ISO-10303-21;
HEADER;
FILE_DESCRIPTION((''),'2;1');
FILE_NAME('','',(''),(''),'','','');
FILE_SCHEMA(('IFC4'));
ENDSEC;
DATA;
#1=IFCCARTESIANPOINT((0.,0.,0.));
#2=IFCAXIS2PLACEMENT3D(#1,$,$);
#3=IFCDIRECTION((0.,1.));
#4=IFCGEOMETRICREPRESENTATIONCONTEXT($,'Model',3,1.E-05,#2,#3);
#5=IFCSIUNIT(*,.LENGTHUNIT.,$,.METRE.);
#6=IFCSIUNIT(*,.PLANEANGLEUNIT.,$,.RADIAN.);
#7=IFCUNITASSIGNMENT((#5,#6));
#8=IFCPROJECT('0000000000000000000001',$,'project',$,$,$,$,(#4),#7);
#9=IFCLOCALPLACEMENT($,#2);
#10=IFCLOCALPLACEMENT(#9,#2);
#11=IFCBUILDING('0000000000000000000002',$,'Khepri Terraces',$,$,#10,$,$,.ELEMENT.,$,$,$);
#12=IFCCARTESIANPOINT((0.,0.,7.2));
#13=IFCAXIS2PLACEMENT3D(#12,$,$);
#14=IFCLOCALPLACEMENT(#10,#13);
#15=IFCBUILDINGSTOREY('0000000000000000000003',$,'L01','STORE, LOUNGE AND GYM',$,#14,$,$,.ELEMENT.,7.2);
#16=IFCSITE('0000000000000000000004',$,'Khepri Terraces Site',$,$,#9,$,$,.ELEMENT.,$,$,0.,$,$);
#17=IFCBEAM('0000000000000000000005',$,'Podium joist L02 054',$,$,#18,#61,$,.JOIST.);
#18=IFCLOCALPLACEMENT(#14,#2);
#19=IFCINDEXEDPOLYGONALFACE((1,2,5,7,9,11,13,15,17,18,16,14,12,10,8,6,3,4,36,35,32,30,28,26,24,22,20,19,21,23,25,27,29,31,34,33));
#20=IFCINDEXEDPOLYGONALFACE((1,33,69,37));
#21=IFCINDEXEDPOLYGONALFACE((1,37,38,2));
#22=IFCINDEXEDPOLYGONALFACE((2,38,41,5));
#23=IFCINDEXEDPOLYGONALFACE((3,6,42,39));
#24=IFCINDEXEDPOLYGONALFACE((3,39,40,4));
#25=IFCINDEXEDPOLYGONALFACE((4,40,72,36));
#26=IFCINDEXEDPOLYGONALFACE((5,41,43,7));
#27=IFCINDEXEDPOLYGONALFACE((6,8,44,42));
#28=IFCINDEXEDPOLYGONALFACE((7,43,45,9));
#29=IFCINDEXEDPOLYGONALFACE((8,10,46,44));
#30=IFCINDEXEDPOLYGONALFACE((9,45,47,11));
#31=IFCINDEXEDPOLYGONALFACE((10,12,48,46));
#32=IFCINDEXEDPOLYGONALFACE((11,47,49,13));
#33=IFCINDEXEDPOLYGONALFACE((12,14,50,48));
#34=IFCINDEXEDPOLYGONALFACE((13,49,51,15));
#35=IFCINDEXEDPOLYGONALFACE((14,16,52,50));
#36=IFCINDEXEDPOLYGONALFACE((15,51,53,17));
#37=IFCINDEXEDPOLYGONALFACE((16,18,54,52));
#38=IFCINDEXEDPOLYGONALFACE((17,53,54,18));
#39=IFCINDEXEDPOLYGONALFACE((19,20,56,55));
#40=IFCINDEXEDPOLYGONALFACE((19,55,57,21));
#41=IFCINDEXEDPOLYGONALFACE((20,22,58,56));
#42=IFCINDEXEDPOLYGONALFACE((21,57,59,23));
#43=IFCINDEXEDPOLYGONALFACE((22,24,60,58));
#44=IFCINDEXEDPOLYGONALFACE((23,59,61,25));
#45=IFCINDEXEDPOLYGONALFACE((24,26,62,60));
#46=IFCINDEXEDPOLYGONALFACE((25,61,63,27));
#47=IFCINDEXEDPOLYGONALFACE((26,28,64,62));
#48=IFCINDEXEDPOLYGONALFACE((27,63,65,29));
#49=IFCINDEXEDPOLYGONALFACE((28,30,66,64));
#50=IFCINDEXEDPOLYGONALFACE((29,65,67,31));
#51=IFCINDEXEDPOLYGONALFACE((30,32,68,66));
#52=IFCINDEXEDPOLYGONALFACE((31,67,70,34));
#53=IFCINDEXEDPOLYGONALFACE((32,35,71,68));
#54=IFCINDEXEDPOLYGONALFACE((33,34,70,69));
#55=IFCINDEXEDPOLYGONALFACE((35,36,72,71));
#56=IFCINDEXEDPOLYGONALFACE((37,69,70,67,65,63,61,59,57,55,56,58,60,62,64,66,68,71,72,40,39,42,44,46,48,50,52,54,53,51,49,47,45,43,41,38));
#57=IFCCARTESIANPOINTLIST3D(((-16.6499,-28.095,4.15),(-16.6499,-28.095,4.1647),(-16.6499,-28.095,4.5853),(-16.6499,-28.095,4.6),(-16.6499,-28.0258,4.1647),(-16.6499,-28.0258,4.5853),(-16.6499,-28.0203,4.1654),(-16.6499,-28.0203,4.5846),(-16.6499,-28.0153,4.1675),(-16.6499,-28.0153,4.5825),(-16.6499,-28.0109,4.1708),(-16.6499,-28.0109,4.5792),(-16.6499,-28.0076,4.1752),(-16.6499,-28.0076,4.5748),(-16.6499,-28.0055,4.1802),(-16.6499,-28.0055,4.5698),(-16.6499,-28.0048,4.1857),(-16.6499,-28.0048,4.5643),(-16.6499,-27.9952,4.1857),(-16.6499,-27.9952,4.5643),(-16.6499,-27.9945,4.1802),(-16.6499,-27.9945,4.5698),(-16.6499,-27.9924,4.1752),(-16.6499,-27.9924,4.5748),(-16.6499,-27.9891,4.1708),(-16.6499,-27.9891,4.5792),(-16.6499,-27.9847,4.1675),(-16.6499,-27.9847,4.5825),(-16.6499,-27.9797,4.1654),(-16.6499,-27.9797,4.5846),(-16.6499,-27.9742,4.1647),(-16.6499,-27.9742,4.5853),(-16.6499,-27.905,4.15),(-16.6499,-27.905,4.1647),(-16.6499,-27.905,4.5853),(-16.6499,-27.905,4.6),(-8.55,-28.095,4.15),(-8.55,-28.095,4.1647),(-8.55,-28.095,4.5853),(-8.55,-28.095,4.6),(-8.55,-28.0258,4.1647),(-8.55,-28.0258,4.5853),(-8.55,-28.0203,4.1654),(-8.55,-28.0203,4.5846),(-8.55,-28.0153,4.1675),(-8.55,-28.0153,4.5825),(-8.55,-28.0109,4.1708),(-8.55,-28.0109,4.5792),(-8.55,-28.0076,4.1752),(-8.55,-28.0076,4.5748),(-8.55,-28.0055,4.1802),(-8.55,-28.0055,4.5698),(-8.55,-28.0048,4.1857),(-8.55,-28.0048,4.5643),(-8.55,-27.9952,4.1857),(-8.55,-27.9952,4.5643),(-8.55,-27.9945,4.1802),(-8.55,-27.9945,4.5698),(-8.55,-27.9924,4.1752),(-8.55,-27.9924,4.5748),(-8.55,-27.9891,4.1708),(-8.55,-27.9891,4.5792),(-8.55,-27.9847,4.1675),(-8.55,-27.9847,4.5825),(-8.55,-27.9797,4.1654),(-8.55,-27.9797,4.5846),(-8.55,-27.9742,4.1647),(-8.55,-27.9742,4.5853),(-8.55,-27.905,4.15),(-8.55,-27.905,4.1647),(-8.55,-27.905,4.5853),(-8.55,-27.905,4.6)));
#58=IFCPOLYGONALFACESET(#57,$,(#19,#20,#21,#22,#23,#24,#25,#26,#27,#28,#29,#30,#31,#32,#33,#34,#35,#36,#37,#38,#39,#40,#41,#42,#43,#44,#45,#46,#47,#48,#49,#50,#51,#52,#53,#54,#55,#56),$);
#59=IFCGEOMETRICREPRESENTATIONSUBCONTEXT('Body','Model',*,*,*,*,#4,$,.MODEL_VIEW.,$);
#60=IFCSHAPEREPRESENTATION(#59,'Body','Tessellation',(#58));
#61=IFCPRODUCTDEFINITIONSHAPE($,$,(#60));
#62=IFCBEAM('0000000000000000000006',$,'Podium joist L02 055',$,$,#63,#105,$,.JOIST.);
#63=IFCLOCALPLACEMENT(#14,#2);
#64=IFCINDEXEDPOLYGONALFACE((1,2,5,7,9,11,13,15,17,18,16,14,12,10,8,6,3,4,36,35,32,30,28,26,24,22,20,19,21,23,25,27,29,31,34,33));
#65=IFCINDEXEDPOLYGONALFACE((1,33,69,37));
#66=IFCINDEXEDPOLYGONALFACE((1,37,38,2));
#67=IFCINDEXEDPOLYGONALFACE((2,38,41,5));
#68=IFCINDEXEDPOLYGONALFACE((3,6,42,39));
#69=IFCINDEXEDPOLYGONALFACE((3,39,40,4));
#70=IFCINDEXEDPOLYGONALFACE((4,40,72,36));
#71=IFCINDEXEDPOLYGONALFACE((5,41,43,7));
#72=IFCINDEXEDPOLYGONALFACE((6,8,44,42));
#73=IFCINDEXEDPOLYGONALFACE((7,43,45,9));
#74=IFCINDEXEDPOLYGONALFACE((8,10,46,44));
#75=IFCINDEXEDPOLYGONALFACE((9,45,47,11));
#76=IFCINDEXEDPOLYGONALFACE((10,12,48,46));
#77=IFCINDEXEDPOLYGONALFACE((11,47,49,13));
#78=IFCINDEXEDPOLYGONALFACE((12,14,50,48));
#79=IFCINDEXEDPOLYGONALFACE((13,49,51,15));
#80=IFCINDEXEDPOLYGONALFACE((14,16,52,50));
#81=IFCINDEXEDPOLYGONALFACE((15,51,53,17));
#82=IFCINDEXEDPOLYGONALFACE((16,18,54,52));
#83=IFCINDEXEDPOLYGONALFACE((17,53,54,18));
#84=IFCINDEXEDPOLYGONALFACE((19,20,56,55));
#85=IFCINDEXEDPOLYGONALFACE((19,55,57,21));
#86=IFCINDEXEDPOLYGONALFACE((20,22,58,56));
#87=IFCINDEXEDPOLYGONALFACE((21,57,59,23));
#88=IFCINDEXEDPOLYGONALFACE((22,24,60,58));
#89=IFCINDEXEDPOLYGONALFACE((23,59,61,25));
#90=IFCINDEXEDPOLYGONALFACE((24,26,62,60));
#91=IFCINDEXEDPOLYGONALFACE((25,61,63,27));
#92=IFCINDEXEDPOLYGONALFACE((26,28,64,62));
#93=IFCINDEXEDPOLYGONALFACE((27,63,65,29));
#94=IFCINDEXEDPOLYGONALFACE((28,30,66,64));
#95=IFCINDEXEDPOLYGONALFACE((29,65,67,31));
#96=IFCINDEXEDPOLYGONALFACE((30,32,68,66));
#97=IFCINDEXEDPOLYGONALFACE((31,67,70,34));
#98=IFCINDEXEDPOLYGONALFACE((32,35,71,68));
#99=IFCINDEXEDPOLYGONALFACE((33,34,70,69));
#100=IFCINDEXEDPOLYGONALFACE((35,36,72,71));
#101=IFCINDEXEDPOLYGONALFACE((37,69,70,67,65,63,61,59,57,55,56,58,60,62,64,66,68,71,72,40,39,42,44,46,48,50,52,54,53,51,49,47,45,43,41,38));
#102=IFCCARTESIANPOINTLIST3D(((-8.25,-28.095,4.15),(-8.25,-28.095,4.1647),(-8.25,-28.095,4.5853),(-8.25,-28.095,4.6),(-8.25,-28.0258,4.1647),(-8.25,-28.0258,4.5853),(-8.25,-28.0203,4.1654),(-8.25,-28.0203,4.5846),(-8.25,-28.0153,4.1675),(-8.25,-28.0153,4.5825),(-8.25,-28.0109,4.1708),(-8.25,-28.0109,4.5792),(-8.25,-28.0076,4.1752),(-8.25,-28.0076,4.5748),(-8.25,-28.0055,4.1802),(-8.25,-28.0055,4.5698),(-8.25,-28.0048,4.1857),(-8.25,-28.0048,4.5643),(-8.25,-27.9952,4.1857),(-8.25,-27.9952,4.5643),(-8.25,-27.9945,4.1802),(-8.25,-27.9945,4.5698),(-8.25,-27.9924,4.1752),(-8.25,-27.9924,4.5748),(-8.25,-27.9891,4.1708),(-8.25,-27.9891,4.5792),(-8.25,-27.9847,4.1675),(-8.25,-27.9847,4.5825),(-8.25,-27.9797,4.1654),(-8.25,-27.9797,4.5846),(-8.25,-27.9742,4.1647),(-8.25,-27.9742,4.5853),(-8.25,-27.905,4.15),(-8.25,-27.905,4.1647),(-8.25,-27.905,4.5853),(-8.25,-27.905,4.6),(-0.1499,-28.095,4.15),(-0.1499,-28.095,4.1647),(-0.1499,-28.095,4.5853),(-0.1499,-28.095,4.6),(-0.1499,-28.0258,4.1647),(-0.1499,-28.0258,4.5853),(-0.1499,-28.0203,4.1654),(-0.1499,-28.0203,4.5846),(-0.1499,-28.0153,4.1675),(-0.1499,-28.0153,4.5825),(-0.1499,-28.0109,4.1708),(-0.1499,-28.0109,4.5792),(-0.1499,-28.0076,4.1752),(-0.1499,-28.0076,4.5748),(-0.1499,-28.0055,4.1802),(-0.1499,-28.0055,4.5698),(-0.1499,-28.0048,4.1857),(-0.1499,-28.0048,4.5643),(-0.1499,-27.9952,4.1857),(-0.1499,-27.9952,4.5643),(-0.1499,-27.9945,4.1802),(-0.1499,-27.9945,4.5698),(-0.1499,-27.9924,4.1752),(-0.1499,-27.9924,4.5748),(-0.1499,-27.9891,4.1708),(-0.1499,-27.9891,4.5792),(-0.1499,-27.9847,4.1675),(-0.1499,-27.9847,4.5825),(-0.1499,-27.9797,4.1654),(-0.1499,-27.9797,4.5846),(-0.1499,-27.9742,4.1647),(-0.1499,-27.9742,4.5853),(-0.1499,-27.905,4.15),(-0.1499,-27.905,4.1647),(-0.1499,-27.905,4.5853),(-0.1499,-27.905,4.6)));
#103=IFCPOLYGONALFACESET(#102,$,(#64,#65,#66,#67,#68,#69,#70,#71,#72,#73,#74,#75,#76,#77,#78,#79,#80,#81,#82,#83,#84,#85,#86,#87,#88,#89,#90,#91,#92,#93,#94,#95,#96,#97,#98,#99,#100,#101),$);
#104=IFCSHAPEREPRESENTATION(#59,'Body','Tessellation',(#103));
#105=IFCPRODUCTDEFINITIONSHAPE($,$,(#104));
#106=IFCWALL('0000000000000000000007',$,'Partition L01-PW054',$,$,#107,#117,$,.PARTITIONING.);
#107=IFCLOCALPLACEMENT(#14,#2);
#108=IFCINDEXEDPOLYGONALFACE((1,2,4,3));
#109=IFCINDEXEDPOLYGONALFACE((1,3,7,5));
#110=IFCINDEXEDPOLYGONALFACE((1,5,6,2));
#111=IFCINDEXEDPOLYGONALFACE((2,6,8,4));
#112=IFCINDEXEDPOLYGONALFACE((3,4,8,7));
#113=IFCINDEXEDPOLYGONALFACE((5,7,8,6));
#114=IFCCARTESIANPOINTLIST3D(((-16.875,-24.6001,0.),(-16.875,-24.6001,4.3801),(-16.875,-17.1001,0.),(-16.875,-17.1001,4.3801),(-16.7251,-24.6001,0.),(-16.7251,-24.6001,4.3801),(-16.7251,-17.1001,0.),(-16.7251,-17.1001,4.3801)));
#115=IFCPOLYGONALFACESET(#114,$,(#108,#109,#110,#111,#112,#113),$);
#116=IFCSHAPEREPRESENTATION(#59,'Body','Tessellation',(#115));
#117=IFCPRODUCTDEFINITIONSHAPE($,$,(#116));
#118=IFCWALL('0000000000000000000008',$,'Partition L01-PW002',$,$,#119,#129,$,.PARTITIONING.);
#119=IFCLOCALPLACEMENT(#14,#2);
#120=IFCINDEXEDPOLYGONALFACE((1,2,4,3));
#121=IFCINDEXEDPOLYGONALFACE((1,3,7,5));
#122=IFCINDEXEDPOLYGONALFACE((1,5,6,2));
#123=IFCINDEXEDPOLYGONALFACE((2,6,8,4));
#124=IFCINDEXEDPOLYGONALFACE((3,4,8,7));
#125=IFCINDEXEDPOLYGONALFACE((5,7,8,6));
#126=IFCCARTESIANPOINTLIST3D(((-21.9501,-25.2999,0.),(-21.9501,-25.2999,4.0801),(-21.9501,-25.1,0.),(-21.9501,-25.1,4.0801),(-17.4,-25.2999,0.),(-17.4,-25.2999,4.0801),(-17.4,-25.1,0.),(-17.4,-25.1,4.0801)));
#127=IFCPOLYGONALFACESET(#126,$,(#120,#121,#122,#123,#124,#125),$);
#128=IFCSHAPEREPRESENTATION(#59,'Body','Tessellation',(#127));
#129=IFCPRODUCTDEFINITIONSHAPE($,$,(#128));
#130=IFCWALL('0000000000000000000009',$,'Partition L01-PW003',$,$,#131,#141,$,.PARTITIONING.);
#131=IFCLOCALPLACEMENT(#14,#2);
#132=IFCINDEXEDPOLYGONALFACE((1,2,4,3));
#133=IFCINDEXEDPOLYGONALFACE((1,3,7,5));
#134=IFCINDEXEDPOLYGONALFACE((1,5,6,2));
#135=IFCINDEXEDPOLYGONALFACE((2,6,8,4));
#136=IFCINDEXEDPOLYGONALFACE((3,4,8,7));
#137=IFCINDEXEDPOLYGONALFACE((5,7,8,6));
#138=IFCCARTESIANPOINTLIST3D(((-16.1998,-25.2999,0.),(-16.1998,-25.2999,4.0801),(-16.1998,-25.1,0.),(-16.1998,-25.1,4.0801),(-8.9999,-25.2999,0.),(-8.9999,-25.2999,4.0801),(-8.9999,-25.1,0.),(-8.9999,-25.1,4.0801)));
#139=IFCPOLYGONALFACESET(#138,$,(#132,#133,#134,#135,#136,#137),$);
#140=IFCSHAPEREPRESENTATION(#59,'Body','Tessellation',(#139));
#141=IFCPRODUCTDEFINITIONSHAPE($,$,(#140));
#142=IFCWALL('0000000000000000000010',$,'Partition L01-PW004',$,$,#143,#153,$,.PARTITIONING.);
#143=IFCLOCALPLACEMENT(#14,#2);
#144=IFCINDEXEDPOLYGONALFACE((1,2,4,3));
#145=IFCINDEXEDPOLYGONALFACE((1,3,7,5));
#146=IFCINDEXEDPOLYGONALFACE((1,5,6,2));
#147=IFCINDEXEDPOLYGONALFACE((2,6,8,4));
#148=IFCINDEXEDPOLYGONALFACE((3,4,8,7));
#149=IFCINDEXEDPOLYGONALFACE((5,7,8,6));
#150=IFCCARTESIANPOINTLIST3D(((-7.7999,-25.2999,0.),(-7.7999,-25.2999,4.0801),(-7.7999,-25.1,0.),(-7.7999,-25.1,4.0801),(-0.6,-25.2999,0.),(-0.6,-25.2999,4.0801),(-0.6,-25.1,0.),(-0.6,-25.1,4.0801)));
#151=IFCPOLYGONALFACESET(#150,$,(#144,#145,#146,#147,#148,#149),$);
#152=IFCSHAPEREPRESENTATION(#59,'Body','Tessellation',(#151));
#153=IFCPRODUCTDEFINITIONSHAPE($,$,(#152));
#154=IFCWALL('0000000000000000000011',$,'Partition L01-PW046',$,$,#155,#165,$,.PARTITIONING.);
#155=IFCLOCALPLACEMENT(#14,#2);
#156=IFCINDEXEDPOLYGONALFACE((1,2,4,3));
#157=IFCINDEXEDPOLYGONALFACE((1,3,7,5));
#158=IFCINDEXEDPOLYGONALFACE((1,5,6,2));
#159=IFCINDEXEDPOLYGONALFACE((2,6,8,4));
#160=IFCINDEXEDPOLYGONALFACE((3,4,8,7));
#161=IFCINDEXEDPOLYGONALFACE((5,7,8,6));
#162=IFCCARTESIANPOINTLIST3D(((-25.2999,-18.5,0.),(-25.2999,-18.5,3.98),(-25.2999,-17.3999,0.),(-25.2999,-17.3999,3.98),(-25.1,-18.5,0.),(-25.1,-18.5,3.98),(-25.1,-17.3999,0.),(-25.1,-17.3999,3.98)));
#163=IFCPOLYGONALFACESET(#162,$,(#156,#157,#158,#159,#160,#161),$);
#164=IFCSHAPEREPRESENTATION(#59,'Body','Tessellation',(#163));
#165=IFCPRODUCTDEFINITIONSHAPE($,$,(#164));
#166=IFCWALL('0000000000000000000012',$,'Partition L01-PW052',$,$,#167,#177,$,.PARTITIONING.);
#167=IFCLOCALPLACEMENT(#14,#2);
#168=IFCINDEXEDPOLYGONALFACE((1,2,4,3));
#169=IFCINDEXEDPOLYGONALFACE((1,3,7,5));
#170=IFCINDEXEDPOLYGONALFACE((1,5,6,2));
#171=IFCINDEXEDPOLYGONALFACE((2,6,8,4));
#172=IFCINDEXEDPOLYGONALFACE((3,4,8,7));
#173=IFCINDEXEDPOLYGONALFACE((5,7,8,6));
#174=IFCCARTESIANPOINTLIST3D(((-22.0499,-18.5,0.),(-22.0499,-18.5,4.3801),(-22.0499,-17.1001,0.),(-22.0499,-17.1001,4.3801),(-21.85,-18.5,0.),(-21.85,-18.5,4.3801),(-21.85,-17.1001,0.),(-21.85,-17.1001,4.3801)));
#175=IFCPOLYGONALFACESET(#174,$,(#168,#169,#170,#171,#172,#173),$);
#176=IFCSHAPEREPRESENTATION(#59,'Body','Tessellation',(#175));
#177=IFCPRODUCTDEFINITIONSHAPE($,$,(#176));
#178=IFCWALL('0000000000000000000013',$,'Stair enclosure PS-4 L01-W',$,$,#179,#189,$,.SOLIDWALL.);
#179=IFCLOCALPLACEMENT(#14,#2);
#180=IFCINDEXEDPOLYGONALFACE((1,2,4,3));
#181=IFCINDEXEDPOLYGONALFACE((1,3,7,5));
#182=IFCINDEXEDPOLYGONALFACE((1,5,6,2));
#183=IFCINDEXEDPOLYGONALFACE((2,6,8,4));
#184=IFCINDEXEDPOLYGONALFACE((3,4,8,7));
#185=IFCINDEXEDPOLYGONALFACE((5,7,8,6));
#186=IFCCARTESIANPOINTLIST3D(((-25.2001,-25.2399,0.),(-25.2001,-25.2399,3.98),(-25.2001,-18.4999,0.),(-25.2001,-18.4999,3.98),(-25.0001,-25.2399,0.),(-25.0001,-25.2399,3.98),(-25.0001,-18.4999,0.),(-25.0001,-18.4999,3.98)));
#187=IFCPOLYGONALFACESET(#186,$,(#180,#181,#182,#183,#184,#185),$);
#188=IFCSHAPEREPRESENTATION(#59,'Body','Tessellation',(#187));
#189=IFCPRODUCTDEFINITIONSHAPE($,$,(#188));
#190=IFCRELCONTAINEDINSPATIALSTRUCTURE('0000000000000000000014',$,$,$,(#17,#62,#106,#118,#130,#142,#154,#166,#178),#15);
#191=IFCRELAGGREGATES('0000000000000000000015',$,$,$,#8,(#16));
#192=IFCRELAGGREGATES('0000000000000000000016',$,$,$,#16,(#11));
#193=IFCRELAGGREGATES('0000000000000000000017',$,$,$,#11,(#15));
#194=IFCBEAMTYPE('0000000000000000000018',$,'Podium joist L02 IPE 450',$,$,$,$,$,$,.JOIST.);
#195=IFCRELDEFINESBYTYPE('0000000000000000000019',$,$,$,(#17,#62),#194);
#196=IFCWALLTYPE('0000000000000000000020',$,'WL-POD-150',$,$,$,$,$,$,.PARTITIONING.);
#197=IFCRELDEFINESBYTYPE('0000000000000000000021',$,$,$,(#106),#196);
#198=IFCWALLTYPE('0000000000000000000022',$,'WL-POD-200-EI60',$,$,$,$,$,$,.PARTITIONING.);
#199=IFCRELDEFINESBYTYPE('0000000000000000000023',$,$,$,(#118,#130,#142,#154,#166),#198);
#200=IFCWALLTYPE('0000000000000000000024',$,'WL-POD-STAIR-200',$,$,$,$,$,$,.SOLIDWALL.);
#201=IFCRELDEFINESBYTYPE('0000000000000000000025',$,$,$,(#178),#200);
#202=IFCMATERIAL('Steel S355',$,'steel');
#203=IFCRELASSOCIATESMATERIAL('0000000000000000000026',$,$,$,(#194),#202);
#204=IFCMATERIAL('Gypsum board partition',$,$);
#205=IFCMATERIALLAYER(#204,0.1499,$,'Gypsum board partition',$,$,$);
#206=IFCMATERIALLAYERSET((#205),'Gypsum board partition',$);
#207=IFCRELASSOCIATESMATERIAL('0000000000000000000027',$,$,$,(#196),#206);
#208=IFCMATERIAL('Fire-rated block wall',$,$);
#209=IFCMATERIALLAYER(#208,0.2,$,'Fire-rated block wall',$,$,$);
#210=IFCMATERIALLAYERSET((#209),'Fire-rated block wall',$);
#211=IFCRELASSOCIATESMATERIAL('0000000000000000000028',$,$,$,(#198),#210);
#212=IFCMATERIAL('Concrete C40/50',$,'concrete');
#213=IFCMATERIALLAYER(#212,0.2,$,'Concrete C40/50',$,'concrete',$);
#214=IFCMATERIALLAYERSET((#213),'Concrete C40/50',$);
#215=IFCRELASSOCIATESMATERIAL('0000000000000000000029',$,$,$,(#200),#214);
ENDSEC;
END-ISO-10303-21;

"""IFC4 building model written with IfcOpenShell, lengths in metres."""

from ifc_helpers import new_model, si_unit, direction, frame, frame_2d, origin, origin_2d, place, context, subcontext, project, spatial, rectangle, i_section, extrude, material, layer, layer_set, material_profile, profile_set, type_object, element, save


model = new_model("IFC4")

# Units and contexts
model_context = context("Model", 3, precision=1e-05, world=origin(), true_north=direction((0.0, 1.0)))
body_context = subcontext(model_context, "Body", "Model", "MODEL_VIEW")
ifc_project = project(units=[si_unit("LENGTHUNIT", "METRE"), si_unit("PLANEANGLEUNIT", "RADIAN")], contexts=[model_context])

# Site, building, storey
site_placement = place(None, origin())
site = spatial("IfcSite", under=ifc_project, at=site_placement, Name="Khepri Terraces Site", CompositionType="ELEMENT", RefElevation=0.0)
building_placement = place(site_placement, origin())
building = spatial("IfcBuilding", under=site, at=building_placement, Name="Khepri Terraces", CompositionType="ELEMENT")
storey_placement = place(building_placement, frame((0.0, 0.0, 7.2)))
storey = spatial("IfcBuildingStorey", under=building, at=storey_placement, Name="L01", Description="STORE, LOUNGE AND GYM", CompositionType="ELEMENT", Elevation=7.2)

# Beams
ifc_material_1 = material(Name="Steel S355", Category="steel")
ifc_material_profile_1 = material_profile(ifc_material_1, i_section(OverallWidth=0.1899, OverallDepth=0.45, WebThickness=0.0095, FlangeThickness=0.0146, FilletRadius=0.021, at=origin_2d()), Name="Steel S355", Category="steel")
ifc_profile_set_1 = profile_set([ifc_material_profile_1], Name="Steel S355")
beam_type_1 = type_object("IfcBeamType", Name="Podium joist L02 IPE 450", PredefinedType="JOIST", material=ifc_profile_set_1)
beam_1_placement = place(storey_placement, frame((-16.6499, -28.0, 4.375), z_axis=(1.0, 0.0, 0.0), x_axis=(0.0, 1.0, 0.0)))
element("IfcBeam", 1, at=beam_1_placement, inside=storey, type_object=beam_type_1, Name="Podium joist L02 054", PredefinedType="JOIST", context=body_context, shape_type="SweptSolid", body=[
    extrude(i_section(OverallWidth=0.1899, OverallDepth=0.45, WebThickness=0.0095, FlangeThickness=0.0146, FilletRadius=0.021, at=origin_2d()), origin(), (0.0, 0.0, 1.0), 8.0999),
])
beam_2_placement = place(storey_placement, frame((-8.25, -28.0, 4.375), z_axis=(1.0, 0.0, 0.0), x_axis=(0.0, 1.0, 0.0)))
element("IfcBeam", 2, at=beam_2_placement, inside=storey, type_object=beam_type_1, Name="Podium joist L02 055", PredefinedType="JOIST", context=body_context, shape_type="SweptSolid", body=[
    extrude(i_section(OverallWidth=0.1899, OverallDepth=0.45, WebThickness=0.0095, FlangeThickness=0.0146, FilletRadius=0.021, at=origin_2d()), origin(), (0.0, 0.0, 1.0), 8.1001),
])

# Walls
ifc_material_2 = material(Name="Gypsum board partition")
ifc_layer_1 = layer(ifc_material_2, 0.1499, Name="Gypsum board partition")
ifc_layer_set_1 = layer_set([ifc_layer_1], Name="Gypsum board partition")
wall_type_1 = type_object("IfcWallType", Name="WL-POD-150", PredefinedType="PARTITIONING", material=ifc_layer_set_1)
wall_1_placement = place(storey_placement, frame((-16.8, -24.6001, 0.0), z_axis=(0.0, 0.0, 1.0), x_axis=(0.0, 1.0, 0.0)))
element("IfcWall", 3, at=wall_1_placement, inside=storey, type_object=wall_type_1, Name="Partition L01-PW054", PredefinedType="PARTITIONING", context=body_context, shape_type="SweptSolid", body=[
    extrude(rectangle(XDim=7.5, YDim=0.1499, at=frame_2d((3.75, 0.0))), origin(), (0.0, 0.0, 1.0), 4.3801),
])
ifc_material_3 = material(Name="Fire-rated block wall")
ifc_layer_2 = layer(ifc_material_3, 0.2, Name="Fire-rated block wall")
ifc_layer_set_2 = layer_set([ifc_layer_2], Name="Fire-rated block wall")
wall_type_2 = type_object("IfcWallType", Name="WL-POD-200-EI60", PredefinedType="PARTITIONING", material=ifc_layer_set_2)
wall_2_placement = place(storey_placement, frame((-21.95, -25.2, 0.0), z_axis=(0.0, 0.0, 1.0), x_axis=(1.0, 0.0, 0.0)))
element("IfcWall", 4, at=wall_2_placement, inside=storey, type_object=wall_type_2, Name="Partition L01-PW002", PredefinedType="PARTITIONING", context=body_context, shape_type="SweptSolid", body=[
    extrude(rectangle(XDim=4.55, YDim=0.2, at=frame_2d((2.2749, 0.0))), origin(), (0.0, 0.0, 1.0), 4.0801),
])
for number, where, z_axis, x_axis, name in (
    (5, (-16.2, -25.2, 0.0), (0.0, 0.0, 1.0), (1.0, 0.0, 0.0), "Partition L01-PW003"),
    (6, (-7.8, -25.2, 0.0), (0.0, 0.0, 1.0), (1.0, 0.0, 0.0), "Partition L01-PW004"),
):
    element("IfcWall", number, at=place(storey_placement, frame(where, z_axis=z_axis, x_axis=x_axis)), inside=storey, type_object=wall_type_2, Name=name, PredefinedType="PARTITIONING", context=body_context, shape_type="SweptSolid", body=[
        extrude(rectangle(XDim=7.2, YDim=0.2, at=frame_2d((3.6001, 0.0))), origin(), (0.0, 0.0, 1.0), 4.0801),
    ])
wall_3_placement = place(storey_placement, frame((-25.2, -18.5, 0.0), z_axis=(0.0, 0.0, 1.0), x_axis=(0.0, 1.0, 0.0)))
element("IfcWall", 7, at=wall_3_placement, inside=storey, type_object=wall_type_2, Name="Partition L01-PW046", PredefinedType="PARTITIONING", context=body_context, shape_type="SweptSolid", body=[
    extrude(rectangle(XDim=1.1001, YDim=0.2, at=frame_2d((0.55, 0.0))), origin(), (0.0, 0.0, 1.0), 3.98),
])
wall_4_placement = place(storey_placement, frame((-21.95, -18.5, 0.0), z_axis=(0.0, 0.0, 1.0), x_axis=(0.0, 1.0, 0.0)))
element("IfcWall", 8, at=wall_4_placement, inside=storey, type_object=wall_type_2, Name="Partition L01-PW052", PredefinedType="PARTITIONING", context=body_context, shape_type="SweptSolid", body=[
    extrude(rectangle(XDim=1.3999, YDim=0.2, at=frame_2d((0.7, 0.0))), origin(), (0.0, 0.0, 1.0), 4.3801),
])
ifc_material_4 = material(Name="Concrete C40/50", Category="concrete")
ifc_layer_3 = layer(ifc_material_4, 0.2, Name="Concrete C40/50", Category="concrete")
ifc_layer_set_3 = layer_set([ifc_layer_3], Name="Concrete C40/50")
wall_type_3 = type_object("IfcWallType", Name="WL-POD-STAIR-200", PredefinedType="SOLIDWALL", material=ifc_layer_set_3)
wall_5_placement = place(storey_placement, frame((-25.1001, -25.24, 0.0), z_axis=(0.0, 0.0, 1.0), x_axis=(0.0, 1.0, 0.0)))
element("IfcWall", 9, at=wall_5_placement, inside=storey, type_object=wall_type_3, Name="Stair enclosure PS-4 L01-W", PredefinedType="SOLIDWALL", context=body_context, shape_type="SweptSolid", body=[
    extrude(rectangle(XDim=6.74, YDim=0.2, at=frame_2d((3.3701, 0.0))), origin(), (0.0, 0.0, 1.0), 3.98),
])

save(model, "model.ifc")
